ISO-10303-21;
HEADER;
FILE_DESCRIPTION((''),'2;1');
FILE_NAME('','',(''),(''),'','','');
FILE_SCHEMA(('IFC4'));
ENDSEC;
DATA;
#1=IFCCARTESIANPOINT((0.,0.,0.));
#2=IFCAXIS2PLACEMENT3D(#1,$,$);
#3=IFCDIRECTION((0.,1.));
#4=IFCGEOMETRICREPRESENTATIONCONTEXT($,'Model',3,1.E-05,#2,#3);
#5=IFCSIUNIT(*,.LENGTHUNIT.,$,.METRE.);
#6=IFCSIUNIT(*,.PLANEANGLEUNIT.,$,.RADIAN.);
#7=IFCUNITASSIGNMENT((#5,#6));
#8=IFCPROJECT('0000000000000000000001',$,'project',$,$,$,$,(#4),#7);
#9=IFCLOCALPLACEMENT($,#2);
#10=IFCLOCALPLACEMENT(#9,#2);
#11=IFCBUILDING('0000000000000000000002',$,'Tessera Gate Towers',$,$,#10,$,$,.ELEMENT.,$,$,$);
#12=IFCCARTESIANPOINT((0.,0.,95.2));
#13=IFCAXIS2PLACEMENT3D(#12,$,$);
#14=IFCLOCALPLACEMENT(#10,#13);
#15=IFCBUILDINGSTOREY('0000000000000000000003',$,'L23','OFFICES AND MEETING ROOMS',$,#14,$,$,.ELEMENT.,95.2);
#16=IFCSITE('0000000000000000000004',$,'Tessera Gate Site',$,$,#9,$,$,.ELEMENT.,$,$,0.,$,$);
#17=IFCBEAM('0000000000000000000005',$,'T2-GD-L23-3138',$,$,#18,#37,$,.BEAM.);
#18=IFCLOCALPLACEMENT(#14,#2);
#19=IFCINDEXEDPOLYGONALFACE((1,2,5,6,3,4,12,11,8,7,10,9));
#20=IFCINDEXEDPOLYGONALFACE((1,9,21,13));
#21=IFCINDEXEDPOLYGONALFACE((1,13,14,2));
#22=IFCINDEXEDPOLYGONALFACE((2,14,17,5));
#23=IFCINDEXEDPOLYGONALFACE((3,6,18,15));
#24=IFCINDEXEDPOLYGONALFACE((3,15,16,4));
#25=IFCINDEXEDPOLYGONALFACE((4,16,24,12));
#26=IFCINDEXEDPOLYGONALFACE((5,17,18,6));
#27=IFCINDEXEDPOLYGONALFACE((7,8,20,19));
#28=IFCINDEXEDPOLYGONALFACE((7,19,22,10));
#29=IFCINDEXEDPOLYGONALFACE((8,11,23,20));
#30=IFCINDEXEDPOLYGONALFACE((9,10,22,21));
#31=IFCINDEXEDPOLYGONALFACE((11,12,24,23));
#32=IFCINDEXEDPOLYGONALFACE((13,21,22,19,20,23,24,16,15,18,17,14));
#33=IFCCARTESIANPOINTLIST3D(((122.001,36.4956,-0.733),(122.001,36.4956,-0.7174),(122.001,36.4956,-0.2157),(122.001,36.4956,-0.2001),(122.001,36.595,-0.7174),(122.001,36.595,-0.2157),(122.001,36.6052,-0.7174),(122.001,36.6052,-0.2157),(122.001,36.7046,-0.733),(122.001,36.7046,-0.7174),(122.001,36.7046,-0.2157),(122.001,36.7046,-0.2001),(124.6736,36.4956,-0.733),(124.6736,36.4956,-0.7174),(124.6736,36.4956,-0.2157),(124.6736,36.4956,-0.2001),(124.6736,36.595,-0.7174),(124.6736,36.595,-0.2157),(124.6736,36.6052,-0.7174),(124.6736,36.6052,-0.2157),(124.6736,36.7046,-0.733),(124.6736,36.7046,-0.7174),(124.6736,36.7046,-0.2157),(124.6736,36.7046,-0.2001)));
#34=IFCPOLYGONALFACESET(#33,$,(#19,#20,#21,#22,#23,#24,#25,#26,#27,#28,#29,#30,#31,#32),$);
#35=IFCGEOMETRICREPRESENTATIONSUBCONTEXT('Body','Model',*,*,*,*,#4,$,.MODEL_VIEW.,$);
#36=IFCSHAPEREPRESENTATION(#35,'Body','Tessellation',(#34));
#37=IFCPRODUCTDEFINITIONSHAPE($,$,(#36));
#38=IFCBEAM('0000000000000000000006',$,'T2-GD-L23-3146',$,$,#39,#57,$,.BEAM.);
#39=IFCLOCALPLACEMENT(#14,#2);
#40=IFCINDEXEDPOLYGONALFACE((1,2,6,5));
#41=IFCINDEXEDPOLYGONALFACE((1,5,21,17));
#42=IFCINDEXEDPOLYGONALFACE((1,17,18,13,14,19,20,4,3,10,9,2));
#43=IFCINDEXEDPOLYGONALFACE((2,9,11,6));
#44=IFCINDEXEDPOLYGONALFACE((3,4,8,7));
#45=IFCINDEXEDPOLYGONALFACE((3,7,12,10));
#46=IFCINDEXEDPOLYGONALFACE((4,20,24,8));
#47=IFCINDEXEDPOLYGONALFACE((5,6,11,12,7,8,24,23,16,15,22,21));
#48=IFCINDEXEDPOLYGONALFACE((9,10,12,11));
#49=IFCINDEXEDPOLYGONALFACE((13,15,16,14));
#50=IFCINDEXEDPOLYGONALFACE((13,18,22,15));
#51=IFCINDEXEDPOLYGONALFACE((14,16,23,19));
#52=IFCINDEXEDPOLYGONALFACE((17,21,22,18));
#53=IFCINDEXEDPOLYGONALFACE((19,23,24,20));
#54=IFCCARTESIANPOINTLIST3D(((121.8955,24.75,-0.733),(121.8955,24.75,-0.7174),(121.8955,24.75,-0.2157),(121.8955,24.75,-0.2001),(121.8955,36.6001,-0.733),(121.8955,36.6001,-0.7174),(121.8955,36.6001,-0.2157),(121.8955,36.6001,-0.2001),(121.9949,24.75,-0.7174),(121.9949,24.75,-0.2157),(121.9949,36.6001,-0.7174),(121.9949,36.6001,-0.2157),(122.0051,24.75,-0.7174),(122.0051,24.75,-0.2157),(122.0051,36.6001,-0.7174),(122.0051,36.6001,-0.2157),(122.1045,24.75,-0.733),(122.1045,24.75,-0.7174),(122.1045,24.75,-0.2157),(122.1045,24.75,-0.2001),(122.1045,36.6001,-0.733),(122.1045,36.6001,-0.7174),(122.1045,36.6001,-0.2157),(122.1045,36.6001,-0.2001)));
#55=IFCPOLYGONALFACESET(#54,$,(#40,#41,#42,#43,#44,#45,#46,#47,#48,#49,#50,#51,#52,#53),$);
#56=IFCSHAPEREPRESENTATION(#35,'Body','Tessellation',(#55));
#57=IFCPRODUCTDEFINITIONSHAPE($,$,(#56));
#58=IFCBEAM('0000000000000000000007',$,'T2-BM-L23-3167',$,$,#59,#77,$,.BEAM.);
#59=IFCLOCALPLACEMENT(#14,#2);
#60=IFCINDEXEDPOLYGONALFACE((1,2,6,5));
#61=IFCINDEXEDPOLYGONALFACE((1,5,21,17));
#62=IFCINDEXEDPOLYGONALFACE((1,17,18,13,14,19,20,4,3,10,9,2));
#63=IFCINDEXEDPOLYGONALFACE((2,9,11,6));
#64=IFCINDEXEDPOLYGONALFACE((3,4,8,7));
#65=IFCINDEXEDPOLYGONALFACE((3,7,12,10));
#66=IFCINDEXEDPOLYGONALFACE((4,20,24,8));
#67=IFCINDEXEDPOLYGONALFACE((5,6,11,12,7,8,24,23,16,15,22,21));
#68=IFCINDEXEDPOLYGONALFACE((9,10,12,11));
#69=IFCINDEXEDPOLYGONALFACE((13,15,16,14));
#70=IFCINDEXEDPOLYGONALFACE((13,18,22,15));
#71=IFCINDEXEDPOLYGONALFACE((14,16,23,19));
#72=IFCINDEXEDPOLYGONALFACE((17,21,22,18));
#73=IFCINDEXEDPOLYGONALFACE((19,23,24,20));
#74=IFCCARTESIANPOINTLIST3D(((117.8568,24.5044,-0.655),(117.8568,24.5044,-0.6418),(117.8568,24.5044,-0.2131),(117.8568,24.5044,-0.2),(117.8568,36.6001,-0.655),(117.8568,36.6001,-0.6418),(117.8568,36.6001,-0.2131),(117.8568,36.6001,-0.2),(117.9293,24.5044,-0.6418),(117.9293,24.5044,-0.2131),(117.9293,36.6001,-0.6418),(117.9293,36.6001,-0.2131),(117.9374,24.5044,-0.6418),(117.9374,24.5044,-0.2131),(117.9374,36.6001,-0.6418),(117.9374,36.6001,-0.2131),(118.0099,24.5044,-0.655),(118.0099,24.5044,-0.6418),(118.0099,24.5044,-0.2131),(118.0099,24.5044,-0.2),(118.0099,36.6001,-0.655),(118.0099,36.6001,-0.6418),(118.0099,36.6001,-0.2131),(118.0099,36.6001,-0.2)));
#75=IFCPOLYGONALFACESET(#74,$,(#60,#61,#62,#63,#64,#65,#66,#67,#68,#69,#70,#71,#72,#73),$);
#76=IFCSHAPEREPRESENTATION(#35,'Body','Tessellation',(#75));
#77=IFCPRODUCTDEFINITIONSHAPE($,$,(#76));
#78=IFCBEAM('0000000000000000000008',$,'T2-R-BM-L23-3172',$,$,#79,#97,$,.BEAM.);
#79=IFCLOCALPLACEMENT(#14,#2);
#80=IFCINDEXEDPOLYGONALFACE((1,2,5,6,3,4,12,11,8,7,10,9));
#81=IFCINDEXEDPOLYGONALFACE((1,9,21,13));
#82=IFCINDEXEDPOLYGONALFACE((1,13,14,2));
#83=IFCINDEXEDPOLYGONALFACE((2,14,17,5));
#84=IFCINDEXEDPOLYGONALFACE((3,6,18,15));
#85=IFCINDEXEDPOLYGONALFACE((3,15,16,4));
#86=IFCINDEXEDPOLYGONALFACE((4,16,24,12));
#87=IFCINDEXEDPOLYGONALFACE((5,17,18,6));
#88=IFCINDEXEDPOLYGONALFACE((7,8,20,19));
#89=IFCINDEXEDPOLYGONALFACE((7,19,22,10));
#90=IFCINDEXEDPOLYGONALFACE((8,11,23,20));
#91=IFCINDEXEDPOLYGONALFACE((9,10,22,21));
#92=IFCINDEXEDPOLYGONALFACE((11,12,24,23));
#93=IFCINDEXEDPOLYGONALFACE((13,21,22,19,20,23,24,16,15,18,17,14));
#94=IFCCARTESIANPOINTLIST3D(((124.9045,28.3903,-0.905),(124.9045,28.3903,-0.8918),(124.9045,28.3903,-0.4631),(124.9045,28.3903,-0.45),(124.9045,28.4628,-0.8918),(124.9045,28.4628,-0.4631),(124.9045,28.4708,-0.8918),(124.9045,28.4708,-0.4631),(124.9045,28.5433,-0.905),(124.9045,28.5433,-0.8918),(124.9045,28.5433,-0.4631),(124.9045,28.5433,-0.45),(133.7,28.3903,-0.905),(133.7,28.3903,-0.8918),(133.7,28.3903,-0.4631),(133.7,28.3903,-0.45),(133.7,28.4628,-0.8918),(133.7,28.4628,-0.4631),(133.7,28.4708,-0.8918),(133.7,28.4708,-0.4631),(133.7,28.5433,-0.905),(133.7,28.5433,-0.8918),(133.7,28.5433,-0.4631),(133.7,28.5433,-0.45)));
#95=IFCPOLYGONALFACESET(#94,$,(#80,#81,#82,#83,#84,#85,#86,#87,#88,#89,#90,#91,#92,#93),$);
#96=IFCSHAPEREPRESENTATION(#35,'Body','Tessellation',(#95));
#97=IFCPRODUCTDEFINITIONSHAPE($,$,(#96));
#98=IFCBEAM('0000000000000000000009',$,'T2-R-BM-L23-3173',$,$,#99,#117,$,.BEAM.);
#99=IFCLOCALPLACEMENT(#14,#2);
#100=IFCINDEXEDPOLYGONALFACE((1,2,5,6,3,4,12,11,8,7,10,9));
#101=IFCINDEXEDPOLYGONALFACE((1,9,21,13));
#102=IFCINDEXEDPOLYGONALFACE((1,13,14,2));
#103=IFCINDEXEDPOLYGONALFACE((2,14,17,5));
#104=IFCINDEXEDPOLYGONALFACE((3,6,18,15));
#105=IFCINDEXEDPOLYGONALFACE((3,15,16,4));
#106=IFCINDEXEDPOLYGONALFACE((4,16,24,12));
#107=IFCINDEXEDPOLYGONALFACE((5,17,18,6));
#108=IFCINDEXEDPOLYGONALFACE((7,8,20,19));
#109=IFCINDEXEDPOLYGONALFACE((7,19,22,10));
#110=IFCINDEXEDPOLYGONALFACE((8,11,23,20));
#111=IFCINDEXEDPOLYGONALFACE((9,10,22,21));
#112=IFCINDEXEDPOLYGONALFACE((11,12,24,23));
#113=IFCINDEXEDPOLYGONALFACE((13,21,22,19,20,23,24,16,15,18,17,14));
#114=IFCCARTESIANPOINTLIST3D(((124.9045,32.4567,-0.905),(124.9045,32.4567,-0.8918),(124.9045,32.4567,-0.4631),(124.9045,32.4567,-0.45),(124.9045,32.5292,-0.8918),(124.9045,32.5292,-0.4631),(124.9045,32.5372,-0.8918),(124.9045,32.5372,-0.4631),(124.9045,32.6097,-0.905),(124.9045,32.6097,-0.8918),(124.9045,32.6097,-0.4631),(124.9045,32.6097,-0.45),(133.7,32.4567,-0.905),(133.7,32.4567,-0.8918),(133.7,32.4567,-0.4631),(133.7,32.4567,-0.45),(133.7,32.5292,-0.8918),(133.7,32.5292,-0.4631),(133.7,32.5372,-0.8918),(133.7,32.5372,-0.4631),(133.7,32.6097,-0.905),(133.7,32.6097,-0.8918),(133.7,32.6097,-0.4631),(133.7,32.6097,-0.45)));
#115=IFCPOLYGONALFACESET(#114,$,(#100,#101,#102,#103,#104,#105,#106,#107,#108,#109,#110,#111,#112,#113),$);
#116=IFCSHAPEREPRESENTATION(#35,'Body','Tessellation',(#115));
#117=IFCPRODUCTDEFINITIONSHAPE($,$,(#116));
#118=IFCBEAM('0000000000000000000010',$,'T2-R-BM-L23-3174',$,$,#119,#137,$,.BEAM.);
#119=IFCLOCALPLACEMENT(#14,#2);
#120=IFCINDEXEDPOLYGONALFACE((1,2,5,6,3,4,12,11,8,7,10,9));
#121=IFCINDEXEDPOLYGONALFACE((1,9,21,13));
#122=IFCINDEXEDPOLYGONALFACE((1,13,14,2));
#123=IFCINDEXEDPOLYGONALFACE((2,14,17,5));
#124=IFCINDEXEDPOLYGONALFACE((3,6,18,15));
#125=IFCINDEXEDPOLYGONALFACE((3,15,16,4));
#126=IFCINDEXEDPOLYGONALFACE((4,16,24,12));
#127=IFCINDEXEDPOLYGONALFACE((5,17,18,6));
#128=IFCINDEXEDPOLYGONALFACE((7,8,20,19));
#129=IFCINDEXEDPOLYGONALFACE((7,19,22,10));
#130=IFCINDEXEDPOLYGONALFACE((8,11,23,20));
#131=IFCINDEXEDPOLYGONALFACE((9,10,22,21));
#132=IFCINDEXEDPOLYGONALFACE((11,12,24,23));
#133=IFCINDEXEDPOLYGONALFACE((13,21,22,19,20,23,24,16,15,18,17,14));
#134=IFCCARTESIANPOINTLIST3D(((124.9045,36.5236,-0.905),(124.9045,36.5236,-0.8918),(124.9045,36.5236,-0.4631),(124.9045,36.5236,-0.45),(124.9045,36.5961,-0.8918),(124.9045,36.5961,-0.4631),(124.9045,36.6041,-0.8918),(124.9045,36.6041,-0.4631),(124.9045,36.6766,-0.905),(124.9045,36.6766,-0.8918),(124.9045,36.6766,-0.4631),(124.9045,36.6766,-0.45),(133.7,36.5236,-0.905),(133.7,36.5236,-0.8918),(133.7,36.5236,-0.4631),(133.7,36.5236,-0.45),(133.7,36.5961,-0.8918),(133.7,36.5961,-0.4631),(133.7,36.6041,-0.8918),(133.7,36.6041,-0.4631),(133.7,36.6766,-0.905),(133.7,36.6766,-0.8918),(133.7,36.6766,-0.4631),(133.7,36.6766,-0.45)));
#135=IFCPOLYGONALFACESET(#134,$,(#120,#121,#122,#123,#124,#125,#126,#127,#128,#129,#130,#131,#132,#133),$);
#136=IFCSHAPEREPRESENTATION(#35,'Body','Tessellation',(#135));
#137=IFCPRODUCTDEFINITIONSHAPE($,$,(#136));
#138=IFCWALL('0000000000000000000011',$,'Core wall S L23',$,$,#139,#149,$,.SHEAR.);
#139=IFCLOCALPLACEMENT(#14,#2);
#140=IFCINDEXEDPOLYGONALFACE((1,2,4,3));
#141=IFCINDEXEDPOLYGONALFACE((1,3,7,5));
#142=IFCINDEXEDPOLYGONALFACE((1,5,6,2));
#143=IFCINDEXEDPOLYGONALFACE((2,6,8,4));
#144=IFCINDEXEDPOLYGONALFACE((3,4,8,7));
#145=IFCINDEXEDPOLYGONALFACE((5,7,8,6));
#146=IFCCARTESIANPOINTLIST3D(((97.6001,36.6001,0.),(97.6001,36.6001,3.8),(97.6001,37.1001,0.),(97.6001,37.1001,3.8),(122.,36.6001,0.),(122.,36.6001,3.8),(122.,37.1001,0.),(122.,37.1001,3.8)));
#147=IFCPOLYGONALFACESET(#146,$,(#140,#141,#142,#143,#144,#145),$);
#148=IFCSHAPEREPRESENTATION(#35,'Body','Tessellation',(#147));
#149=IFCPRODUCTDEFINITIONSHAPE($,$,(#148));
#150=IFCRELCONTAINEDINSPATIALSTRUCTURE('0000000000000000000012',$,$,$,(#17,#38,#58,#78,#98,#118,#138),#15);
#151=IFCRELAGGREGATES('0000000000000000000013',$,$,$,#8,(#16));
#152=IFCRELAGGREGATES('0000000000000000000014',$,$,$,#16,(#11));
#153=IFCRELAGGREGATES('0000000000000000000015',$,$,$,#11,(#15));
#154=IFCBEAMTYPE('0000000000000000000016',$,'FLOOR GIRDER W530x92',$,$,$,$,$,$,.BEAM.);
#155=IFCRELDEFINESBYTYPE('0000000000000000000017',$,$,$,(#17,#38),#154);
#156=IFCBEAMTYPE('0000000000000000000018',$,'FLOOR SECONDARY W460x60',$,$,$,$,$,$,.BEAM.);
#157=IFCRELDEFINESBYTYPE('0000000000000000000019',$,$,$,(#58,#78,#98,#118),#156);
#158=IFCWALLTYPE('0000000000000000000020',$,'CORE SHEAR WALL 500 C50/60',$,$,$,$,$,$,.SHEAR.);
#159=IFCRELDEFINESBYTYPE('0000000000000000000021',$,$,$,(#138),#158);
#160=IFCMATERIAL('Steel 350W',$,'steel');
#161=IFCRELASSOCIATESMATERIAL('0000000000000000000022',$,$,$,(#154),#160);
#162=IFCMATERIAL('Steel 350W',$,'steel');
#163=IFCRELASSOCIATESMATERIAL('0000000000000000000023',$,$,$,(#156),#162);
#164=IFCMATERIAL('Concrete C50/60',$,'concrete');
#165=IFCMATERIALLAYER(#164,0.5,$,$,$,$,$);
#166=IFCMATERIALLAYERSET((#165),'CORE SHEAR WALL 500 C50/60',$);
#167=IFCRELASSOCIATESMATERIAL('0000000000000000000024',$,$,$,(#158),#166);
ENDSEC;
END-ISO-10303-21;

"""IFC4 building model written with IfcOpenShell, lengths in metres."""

from ifc_helpers import new_model, si_unit, direction, frame, frame_2d, origin, origin_2d, place, context, subcontext, project, spatial, rectangle, i_section, extrude, material, layer, layer_set, material_profile, profile_set, type_object, element, save


model = new_model("IFC4")

# Units and contexts
model_context = context("Model", 3, precision=1e-05, world=origin(), true_north=direction((0.0, 1.0)))
body_context = subcontext(model_context, "Body", "Model", "MODEL_VIEW")
ifc_project = project(units=[si_unit("LENGTHUNIT", "METRE"), si_unit("PLANEANGLEUNIT", "RADIAN")], contexts=[model_context])

# Site, building, storey
site_placement = place(None, origin())
site = spatial("IfcSite", under=ifc_project, at=site_placement, Name="Tessera Gate Site", CompositionType="ELEMENT", RefElevation=0.0)
building_placement = place(site_placement, origin())
building = spatial("IfcBuilding", under=site, at=building_placement, Name="Tessera Gate Towers", CompositionType="ELEMENT")
storey_placement = place(building_placement, frame((0.0, 0.0, 95.2)))
storey = spatial("IfcBuildingStorey", under=building, at=storey_placement, Name="L23", Description="OFFICES AND MEETING ROOMS", CompositionType="ELEMENT", Elevation=95.2)

# Beams
ifc_material_1 = material(Name="Steel 350W", Category="steel")
ifc_material_profile_1 = material_profile(ifc_material_1, i_section(OverallWidth=0.209, OverallDepth=0.533, WebThickness=0.0103, FlangeThickness=0.0156, at=origin_2d()), Name="W530x92")
ifc_profile_set_1 = profile_set([ifc_material_profile_1], Name="Steel 350W")
beam_type_1 = type_object("IfcBeamType", Name="FLOOR GIRDER W530x92", PredefinedType="BEAM", material=ifc_profile_set_1)
beam_1_placement = place(storey_placement, frame((122.001, 36.6001, -0.4666), z_axis=(1.0, 0.0, 0.0), x_axis=(0.0, 1.0, 0.0)))
element("IfcBeam", 1, at=beam_1_placement, inside=storey, type_object=beam_type_1, Name="T2-GD-L23-3138", PredefinedType="BEAM", context=body_context, shape_type="SweptSolid", body=[
    extrude(i_section(OverallWidth=0.209, OverallDepth=0.533, WebThickness=0.0103, FlangeThickness=0.0156, at=origin_2d()), origin(), (0.0, 0.0, 1.0), 2.6726),
])
beam_2_placement = place(storey_placement, frame((122.0, 24.75, -0.4666), z_axis=(0.0, 1.0, 0.0), x_axis=(-1.0, 0.0, 0.0)))
element("IfcBeam", 2, at=beam_2_placement, inside=storey, type_object=beam_type_1, Name="T2-GD-L23-3146", PredefinedType="BEAM", context=body_context, shape_type="SweptSolid", body=[
    extrude(i_section(OverallWidth=0.209, OverallDepth=0.533, WebThickness=0.0103, FlangeThickness=0.0156, at=origin_2d()), origin(), (0.0, 0.0, 1.0), 11.8501),
])
ifc_material_2 = material(Name="Steel 350W", Category="steel")
ifc_material_profile_2 = material_profile(ifc_material_2, i_section(OverallWidth=0.1531, OverallDepth=0.4551, WebThickness=0.0081, FlangeThickness=0.0132, at=origin_2d()), Name="W460x60")
ifc_profile_set_2 = profile_set([ifc_material_profile_2], Name="Steel 350W")
beam_type_2 = type_object("IfcBeamType", Name="FLOOR SECONDARY W460x60", PredefinedType="BEAM", material=ifc_profile_set_2)
beam_3_placement = place(storey_placement, frame((117.9333, 24.5044, -0.4275), z_axis=(0.0, 1.0, 0.0), x_axis=(-1.0, 0.0, 0.0)))
element("IfcBeam", 3, at=beam_3_placement, inside=storey, type_object=beam_type_2, Name="T2-BM-L23-3167", PredefinedType="BEAM", context=body_context, shape_type="SweptSolid", body=[
    extrude(i_section(OverallWidth=0.1531, OverallDepth=0.4551, WebThickness=0.0081, FlangeThickness=0.0132, at=origin_2d()), origin(), (0.0, 0.0, 1.0), 12.0957),
])
for number, where, z_axis, x_axis, name in (
    (4, (124.9045, 28.4668, -0.6775), (1.0, 0.0, 0.0), (0.0, 1.0, 0.0), "T2-R-BM-L23-3172"),
    (5, (124.9045, 32.5332, -0.6775), (1.0, 0.0, 0.0), (0.0, 1.0, 0.0), "T2-R-BM-L23-3173"),
    (6, (124.9045, 36.6001, -0.6775), (1.0, 0.0, 0.0), (0.0, 1.0, 0.0), "T2-R-BM-L23-3174"),
):
    element("IfcBeam", number, at=place(storey_placement, frame(where, z_axis=z_axis, x_axis=x_axis)), inside=storey, type_object=beam_type_2, Name=name, PredefinedType="BEAM", context=body_context, shape_type="SweptSolid", body=[
        extrude(i_section(OverallWidth=0.1531, OverallDepth=0.4551, WebThickness=0.0081, FlangeThickness=0.0132, at=origin_2d()), origin(), (0.0, 0.0, 1.0), 8.7954),
    ])

# Wall
ifc_material_3 = material(Name="Concrete C50/60", Category="concrete")
ifc_layer_1 = layer(ifc_material_3, 0.5)
ifc_layer_set_1 = layer_set([ifc_layer_1], Name="CORE SHEAR WALL 500 C50/60")
wall_type_1 = type_object("IfcWallType", Name="CORE SHEAR WALL 500 C50/60", PredefinedType="SHEAR", material=ifc_layer_set_1)
wall_1_placement = place(storey_placement, frame((122.0, 36.8501, 0.0), z_axis=(0.0, 0.0, 1.0), x_axis=(-1.0, 0.0, 0.0)))
element("IfcWall", 7, at=wall_1_placement, inside=storey, type_object=wall_type_1, Name="Core wall S L23", PredefinedType="SHEAR", context=body_context, shape_type="SweptSolid", body=[
    extrude(rectangle(XDim=24.3999, YDim=0.5, at=frame_2d((12.2, 0.0))), origin(), (0.0, 0.0, 1.0), 3.8),
])

save(model, "model.ifc")
